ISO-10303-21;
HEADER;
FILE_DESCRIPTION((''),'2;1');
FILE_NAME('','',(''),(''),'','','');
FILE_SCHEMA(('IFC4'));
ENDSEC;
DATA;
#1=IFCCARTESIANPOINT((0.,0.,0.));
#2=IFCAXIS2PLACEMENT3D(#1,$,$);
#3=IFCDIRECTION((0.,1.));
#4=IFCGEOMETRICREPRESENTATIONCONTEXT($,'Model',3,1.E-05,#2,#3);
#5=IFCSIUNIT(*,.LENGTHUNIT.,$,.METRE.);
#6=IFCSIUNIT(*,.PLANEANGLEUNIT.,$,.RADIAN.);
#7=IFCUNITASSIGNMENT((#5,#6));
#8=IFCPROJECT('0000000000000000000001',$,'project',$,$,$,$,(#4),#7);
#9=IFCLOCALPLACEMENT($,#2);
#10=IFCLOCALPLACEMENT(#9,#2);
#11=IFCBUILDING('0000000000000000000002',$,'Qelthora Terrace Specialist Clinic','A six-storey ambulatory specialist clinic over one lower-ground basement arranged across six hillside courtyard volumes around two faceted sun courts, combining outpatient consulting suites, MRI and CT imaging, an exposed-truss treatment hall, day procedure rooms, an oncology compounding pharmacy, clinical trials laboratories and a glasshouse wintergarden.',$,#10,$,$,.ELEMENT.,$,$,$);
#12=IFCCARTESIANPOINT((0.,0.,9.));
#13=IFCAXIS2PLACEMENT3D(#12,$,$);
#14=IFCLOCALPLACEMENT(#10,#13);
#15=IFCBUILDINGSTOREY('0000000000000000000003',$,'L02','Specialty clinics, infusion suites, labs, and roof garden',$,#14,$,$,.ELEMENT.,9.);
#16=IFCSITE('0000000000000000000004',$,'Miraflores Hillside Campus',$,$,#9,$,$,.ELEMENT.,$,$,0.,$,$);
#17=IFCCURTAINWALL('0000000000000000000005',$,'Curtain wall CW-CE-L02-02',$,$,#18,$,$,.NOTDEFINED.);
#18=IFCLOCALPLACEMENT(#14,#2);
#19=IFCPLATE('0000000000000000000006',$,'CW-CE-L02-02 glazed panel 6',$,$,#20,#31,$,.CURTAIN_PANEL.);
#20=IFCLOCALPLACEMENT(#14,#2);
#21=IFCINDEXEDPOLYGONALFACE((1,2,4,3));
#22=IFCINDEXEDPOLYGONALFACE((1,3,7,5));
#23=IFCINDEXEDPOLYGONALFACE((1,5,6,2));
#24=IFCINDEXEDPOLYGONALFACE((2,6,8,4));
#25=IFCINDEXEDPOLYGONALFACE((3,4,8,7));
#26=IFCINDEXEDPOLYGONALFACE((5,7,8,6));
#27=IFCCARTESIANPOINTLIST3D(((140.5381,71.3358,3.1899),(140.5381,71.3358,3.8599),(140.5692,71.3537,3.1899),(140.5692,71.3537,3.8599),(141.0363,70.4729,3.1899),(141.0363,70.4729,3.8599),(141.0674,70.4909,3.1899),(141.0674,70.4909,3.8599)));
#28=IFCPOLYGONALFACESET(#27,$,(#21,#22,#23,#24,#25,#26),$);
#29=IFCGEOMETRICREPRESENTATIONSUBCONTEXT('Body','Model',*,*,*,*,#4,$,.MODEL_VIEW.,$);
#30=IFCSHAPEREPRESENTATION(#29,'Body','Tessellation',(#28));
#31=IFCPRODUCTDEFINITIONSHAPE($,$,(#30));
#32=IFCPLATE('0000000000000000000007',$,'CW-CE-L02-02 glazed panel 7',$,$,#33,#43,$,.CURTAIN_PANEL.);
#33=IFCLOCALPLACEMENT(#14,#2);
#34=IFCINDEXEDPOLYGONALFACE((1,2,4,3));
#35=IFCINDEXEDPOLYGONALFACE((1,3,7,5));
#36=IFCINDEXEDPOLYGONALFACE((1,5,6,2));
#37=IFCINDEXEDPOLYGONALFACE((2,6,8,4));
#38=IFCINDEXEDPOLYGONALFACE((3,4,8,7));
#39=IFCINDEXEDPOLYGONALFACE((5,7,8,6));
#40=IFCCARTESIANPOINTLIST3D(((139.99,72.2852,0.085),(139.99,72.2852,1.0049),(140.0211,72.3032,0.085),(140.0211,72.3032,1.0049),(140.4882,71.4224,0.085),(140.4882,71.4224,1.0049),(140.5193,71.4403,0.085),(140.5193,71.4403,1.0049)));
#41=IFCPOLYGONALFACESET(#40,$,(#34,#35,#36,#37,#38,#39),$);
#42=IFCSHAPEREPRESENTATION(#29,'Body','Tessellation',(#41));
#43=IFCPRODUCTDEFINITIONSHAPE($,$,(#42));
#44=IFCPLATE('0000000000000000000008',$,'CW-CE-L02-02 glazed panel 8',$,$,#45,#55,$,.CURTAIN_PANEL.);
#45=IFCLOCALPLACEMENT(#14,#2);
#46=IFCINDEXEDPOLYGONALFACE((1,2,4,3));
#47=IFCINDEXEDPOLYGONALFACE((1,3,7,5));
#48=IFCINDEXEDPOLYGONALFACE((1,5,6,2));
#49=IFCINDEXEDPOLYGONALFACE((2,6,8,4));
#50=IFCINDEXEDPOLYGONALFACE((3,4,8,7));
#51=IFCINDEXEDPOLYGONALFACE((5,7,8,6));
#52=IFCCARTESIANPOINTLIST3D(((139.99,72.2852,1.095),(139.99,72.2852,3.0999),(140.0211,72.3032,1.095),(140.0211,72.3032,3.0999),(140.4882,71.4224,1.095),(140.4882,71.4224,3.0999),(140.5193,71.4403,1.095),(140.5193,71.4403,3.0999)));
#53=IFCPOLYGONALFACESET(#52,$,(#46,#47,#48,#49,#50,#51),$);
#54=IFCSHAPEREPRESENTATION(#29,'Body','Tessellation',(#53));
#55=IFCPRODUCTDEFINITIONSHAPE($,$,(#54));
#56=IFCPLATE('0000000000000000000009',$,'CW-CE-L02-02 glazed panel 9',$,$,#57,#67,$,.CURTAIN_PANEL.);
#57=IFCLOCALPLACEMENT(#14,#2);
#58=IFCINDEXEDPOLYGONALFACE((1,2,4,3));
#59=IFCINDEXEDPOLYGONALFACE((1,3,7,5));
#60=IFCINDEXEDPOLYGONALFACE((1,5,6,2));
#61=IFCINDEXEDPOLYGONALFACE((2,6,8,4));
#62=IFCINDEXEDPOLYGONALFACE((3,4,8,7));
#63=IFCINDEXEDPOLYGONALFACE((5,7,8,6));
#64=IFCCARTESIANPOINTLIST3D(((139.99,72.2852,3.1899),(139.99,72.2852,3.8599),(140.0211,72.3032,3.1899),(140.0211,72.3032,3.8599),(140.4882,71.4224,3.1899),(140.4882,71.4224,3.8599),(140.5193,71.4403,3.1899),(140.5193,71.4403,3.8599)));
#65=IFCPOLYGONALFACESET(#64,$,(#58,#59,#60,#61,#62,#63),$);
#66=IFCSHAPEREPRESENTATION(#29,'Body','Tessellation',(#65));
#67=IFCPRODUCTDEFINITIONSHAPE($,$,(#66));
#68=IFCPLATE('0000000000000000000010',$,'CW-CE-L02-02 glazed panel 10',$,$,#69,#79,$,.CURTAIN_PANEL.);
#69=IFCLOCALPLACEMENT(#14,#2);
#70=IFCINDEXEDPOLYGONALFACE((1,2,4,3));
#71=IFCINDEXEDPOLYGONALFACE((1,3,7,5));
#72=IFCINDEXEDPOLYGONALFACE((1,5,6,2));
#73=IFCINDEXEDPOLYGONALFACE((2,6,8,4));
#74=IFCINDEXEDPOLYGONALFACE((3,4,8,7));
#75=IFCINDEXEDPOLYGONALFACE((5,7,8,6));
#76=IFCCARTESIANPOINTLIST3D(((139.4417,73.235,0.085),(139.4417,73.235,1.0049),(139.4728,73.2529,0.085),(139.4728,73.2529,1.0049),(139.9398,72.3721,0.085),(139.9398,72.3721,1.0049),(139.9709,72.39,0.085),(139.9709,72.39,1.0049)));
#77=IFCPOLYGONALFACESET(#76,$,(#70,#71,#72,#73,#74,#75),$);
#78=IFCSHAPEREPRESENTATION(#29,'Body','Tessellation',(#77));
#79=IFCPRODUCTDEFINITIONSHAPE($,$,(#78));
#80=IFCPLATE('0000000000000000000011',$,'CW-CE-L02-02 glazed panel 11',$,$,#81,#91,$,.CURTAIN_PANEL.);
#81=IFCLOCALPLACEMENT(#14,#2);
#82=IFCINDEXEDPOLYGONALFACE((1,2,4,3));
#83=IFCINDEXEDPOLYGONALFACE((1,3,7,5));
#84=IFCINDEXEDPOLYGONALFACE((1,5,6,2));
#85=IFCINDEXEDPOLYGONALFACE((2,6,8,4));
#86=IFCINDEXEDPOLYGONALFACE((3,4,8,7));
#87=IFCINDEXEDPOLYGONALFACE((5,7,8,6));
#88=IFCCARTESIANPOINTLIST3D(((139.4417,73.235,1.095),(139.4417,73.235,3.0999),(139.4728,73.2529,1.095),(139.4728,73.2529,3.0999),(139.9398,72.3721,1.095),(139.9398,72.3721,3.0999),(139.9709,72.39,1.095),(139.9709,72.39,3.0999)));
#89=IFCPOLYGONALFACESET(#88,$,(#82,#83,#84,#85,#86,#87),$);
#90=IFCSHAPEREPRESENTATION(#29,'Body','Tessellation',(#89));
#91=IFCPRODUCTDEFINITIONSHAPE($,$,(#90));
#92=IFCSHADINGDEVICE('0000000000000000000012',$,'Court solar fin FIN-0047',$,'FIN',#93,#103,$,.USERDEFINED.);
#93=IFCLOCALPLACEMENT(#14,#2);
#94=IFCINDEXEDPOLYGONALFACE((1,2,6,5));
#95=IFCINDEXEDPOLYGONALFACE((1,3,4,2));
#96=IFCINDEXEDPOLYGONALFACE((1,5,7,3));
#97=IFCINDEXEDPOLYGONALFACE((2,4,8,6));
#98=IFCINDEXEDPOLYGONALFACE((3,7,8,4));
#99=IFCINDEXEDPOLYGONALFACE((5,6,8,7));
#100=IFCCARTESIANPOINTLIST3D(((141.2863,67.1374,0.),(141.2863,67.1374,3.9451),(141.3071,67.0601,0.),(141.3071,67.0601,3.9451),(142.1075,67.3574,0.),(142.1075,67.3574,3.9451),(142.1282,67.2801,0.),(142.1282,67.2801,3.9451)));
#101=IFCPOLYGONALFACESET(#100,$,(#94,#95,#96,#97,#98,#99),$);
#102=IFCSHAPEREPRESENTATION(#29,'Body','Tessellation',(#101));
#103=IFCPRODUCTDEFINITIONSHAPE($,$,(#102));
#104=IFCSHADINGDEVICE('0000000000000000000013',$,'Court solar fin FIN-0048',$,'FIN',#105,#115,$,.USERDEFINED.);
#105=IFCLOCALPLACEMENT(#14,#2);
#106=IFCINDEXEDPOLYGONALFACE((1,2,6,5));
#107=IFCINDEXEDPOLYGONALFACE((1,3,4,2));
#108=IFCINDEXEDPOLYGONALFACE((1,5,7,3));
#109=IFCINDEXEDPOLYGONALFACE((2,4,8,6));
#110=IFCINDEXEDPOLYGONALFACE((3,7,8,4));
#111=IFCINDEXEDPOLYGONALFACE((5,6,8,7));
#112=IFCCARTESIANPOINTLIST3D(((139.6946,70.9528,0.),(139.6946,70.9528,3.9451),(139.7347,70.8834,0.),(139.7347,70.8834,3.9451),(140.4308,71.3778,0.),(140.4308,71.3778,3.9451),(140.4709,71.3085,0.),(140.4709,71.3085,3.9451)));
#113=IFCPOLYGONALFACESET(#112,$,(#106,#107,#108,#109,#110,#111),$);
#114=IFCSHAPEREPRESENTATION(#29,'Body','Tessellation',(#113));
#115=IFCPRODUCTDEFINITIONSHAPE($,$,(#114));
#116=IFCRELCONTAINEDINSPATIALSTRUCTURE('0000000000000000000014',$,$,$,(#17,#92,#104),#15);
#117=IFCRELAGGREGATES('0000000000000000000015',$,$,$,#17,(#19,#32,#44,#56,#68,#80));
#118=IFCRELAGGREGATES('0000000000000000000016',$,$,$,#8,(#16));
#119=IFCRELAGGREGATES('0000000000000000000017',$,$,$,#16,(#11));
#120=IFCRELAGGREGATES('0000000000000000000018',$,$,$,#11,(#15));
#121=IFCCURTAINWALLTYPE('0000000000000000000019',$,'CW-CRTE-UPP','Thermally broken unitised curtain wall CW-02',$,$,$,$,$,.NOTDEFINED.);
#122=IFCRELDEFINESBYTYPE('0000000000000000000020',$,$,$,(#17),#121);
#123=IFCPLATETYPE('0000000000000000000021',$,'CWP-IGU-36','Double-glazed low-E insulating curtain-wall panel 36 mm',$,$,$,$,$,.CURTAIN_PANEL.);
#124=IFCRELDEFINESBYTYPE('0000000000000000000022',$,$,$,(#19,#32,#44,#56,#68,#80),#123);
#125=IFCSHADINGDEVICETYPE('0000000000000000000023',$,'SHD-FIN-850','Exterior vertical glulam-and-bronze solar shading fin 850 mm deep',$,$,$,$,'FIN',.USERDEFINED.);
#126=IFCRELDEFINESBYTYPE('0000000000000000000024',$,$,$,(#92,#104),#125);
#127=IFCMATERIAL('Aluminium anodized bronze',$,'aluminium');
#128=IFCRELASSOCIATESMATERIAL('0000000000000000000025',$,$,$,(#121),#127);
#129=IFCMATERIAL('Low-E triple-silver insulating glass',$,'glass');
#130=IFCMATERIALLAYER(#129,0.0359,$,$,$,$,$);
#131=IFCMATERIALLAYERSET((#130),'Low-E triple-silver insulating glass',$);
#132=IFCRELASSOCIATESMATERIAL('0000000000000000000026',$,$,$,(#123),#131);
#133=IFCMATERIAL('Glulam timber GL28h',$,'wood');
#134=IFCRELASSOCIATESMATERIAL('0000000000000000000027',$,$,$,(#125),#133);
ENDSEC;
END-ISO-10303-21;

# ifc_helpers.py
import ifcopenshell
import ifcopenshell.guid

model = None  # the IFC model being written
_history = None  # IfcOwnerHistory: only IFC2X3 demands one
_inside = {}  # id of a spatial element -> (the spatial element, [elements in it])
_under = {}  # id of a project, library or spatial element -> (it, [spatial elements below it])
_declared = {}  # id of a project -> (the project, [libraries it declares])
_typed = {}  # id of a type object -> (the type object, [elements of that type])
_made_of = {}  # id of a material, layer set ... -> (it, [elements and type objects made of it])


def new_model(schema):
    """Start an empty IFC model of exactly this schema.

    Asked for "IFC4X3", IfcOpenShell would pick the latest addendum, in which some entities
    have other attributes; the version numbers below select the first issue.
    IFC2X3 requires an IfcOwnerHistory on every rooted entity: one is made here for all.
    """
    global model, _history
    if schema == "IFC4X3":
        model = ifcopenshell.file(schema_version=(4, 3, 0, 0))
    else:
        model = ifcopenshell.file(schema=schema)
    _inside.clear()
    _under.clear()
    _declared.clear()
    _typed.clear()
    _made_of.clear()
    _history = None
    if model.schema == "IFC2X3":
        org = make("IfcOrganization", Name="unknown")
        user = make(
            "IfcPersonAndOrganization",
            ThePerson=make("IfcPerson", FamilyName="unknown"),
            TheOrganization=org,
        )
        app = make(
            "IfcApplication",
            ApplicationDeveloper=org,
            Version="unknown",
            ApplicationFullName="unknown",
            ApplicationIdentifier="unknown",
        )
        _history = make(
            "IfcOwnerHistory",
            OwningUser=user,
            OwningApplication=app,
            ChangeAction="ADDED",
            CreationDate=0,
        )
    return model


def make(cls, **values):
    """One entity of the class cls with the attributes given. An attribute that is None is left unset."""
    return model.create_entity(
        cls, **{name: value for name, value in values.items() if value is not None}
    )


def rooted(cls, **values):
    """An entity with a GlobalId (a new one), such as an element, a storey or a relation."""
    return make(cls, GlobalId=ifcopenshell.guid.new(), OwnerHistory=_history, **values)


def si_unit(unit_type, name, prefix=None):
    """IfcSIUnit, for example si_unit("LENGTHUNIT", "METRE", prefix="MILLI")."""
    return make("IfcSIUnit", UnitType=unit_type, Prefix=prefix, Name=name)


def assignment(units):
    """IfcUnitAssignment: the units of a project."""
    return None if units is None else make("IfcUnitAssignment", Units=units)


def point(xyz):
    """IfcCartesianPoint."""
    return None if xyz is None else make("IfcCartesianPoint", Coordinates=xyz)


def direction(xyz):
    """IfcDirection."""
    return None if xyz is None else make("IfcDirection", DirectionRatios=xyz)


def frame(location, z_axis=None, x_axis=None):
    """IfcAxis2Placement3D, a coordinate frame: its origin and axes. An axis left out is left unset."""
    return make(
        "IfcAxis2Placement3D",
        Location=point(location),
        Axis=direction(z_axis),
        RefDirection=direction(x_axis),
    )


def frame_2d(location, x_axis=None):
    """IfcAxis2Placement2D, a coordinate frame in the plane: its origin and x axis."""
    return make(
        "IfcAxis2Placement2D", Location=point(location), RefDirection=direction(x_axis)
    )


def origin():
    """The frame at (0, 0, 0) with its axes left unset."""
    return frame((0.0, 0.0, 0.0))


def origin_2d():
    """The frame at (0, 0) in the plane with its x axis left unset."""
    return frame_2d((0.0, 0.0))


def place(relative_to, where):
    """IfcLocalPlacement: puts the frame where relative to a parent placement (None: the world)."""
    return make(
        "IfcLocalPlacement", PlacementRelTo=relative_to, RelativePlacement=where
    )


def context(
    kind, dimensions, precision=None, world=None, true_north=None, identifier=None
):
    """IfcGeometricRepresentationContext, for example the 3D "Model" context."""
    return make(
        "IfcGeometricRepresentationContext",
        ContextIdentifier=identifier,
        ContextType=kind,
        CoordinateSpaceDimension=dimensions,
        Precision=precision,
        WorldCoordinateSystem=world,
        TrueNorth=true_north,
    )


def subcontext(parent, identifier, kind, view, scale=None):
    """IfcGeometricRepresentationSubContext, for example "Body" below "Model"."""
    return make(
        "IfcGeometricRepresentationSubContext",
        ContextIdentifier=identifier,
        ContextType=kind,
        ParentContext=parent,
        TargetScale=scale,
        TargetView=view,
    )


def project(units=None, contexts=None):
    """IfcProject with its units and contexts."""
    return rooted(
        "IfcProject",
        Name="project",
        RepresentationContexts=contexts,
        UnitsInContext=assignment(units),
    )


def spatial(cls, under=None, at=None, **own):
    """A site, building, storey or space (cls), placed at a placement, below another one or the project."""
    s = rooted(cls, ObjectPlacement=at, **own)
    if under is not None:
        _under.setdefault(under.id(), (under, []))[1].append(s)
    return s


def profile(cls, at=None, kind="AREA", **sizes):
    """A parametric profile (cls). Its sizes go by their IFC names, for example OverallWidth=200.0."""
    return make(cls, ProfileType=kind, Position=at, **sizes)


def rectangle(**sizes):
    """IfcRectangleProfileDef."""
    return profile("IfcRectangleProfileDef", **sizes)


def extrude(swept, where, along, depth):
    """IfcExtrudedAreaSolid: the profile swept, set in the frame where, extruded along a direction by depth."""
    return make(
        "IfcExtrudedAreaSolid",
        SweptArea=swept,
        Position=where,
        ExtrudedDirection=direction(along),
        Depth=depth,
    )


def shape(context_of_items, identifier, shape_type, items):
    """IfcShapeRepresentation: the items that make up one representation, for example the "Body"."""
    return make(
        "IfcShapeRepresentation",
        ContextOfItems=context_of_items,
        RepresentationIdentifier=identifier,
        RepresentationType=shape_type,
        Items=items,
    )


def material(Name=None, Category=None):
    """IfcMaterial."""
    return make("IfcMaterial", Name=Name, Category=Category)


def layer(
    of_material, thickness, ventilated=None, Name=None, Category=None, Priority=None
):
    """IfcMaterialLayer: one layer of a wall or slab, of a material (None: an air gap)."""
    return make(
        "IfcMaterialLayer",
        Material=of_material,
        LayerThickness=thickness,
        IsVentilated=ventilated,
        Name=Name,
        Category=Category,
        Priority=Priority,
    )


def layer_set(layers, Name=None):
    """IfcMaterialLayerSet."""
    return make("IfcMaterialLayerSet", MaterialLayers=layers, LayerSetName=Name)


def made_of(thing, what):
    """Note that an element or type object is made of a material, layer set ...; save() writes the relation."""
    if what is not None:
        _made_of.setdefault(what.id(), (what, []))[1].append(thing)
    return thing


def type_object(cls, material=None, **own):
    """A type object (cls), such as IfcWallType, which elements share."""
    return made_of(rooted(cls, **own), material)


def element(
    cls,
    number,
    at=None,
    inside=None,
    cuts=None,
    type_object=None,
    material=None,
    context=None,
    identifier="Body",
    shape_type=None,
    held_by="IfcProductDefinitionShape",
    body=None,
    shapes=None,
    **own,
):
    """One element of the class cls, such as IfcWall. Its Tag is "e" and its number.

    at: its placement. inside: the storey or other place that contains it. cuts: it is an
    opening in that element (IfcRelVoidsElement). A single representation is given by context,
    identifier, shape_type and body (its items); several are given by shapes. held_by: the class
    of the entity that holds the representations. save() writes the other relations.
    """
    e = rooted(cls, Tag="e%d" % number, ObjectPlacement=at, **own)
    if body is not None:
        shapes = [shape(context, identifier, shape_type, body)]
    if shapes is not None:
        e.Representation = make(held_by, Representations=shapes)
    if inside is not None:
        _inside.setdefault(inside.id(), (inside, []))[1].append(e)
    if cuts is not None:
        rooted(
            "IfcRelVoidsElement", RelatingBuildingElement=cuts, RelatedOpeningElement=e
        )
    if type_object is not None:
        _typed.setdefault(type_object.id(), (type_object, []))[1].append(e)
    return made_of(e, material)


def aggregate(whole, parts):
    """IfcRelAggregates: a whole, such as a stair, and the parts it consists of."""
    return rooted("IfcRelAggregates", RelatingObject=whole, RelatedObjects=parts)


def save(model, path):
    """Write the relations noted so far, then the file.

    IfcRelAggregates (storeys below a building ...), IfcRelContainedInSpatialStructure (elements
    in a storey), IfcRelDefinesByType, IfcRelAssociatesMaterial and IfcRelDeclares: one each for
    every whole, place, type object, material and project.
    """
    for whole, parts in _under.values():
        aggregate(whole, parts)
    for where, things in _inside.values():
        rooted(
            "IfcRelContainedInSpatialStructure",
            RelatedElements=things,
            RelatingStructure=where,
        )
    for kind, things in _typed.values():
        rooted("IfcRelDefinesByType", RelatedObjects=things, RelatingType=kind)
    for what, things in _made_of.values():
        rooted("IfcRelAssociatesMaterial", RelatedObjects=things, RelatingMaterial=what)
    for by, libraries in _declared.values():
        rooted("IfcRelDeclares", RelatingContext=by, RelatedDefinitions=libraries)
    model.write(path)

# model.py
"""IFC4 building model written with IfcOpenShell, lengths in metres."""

from ifc_helpers import new_model, si_unit, direction, frame, origin, origin_2d, place, context, subcontext, project, spatial, rectangle, extrude, material, layer, layer_set, type_object, element, aggregate, save


model = new_model("IFC4")

# Units and contexts
model_context = context("Model", 3, precision=1e-05, world=origin(), true_north=direction((0.0, 1.0)))
body_context = subcontext(model_context, "Body", "Model", "MODEL_VIEW")
ifc_project = project(units=[si_unit("LENGTHUNIT", "METRE"), si_unit("PLANEANGLEUNIT", "RADIAN")], contexts=[model_context])

# Site, building, storey
site_placement = place(None, origin())
site = spatial("IfcSite", under=ifc_project, at=site_placement, Name="Miraflores Hillside Campus", CompositionType="ELEMENT", RefElevation=0.0)
building_placement = place(site_placement, origin())
building = spatial("IfcBuilding", under=site, at=building_placement, Name="Qelthora Terrace Specialist Clinic", Description="A six-storey ambulatory specialist clinic over one lower-ground basement arranged across six hillside courtyard volumes around two faceted sun courts, combining outpatient consulting suites, MRI and CT imaging, an exposed-truss treatment hall, day procedure rooms, an oncology compounding pharmacy, clinical trials laboratories and a glasshouse wintergarden.", CompositionType="ELEMENT")
storey_placement = place(building_placement, frame((0.0, 0.0, 9.0)))
storey = spatial("IfcBuildingStorey", under=building, at=storey_placement, Name="L02", Description="Specialty clinics, infusion suites, labs, and roof garden", CompositionType="ELEMENT", Elevation=9.0)

# Shared definitions
ifc_material_1 = material(Name="Aluminium anodized bronze", Category="aluminium")
curtain_wall_type = type_object("IfcCurtainWallType", Name="CW-CRTE-UPP", Description="Thermally broken unitised curtain wall CW-02", PredefinedType="NOTDEFINED", material=ifc_material_1)

# Curtain wall, plates
curtain_wall_1_placement = place(storey_placement, origin())
curtain_wall_1 = element("IfcCurtainWall", 1, at=curtain_wall_1_placement, inside=storey, type_object=curtain_wall_type, Name="Curtain wall CW-CE-L02-02", PredefinedType="NOTDEFINED")
ifc_material_2 = material(Name="Low-E triple-silver insulating glass", Category="glass")
ifc_layer = layer(ifc_material_2, 0.0359)
ifc_layer_set = layer_set([ifc_layer], Name="Low-E triple-silver insulating glass")
plate_type = type_object("IfcPlateType", Name="CWP-IGU-36", Description="Double-glazed low-E insulating curtain-wall panel 36 mm", PredefinedType="CURTAIN_PANEL", material=ifc_layer_set)
plate_1_placement = place(storey_placement, frame((140.8027, 70.9133, 3.1899), z_axis=(0.0, 0.0, 1.0), x_axis=(-0.5, 0.866025, 0.0)))
plate_1 = element("IfcPlate", 2, at=plate_1_placement, type_object=plate_type, Name="CW-CE-L02-02 glazed panel 6", PredefinedType="CURTAIN_PANEL", context=body_context, shape_type="SweptSolid", body=[
    extrude(rectangle(XDim=0.9963, YDim=0.0359, at=origin_2d()), origin(), (0.0, 0.0, 1.0), 0.6699),
])
plate_2_placement = place(storey_placement, frame((140.2546, 71.8628, 0.085), z_axis=(0.0, 0.0, 1.0), x_axis=(-0.5, 0.866025, 0.0)))
plate_2 = element("IfcPlate", 3, at=plate_2_placement, type_object=plate_type, Name="CW-CE-L02-02 glazed panel 7", PredefinedType="CURTAIN_PANEL", context=body_context, shape_type="SweptSolid", body=[
    extrude(rectangle(XDim=0.9963, YDim=0.0359, at=origin_2d()), origin(), (0.0, 0.0, 1.0), 0.9199),
])
plate_3_placement = place(storey_placement, frame((140.2546, 71.8628, 1.095), z_axis=(0.0, 0.0, 1.0), x_axis=(-0.5, 0.866025, 0.0)))
plate_3 = element("IfcPlate", 4, at=plate_3_placement, type_object=plate_type, Name="CW-CE-L02-02 glazed panel 8", PredefinedType="CURTAIN_PANEL", context=body_context, shape_type="SweptSolid", body=[
    extrude(rectangle(XDim=0.9963, YDim=0.0359, at=origin_2d()), origin(), (0.0, 0.0, 1.0), 2.0049),
])
plate_4_placement = place(storey_placement, frame((140.2546, 71.8628, 3.1899), z_axis=(0.0, 0.0, 1.0), x_axis=(-0.5, 0.866025, 0.0)))
plate_4 = element("IfcPlate", 5, at=plate_4_placement, type_object=plate_type, Name="CW-CE-L02-02 glazed panel 9", PredefinedType="CURTAIN_PANEL", context=body_context, shape_type="SweptSolid", body=[
    extrude(rectangle(XDim=0.9963, YDim=0.0359, at=origin_2d()), origin(), (0.0, 0.0, 1.0), 0.6699),
])
plate_5_placement = place(storey_placement, frame((139.7063, 72.8125, 0.085), z_axis=(0.0, 0.0, 1.0), x_axis=(-0.5, 0.866025, 0.0)))
plate_5 = element("IfcPlate", 6, at=plate_5_placement, type_object=plate_type, Name="CW-CE-L02-02 glazed panel 10", PredefinedType="CURTAIN_PANEL", context=body_context, shape_type="SweptSolid", body=[
    extrude(rectangle(XDim=0.9963, YDim=0.0359, at=origin_2d()), origin(), (0.0, 0.0, 1.0), 0.9199),
])
plate_6_placement = place(storey_placement, frame((139.7063, 72.8125, 1.095), z_axis=(0.0, 0.0, 1.0), x_axis=(-0.5, 0.866025, 0.0)))
plate_6 = element("IfcPlate", 7, at=plate_6_placement, type_object=plate_type, Name="CW-CE-L02-02 glazed panel 11", PredefinedType="CURTAIN_PANEL", context=body_context, shape_type="SweptSolid", body=[
    extrude(rectangle(XDim=0.9963, YDim=0.0359, at=origin_2d()), origin(), (0.0, 0.0, 1.0), 2.0049),
])
aggregate(curtain_wall_1, [plate_1, plate_2, plate_3, plate_4, plate_5, plate_6])

# Shading devices
ifc_material_3 = material(Name="Glulam timber GL28h", Category="wood")
shading_device_type = type_object("IfcShadingDeviceType", Name="SHD-FIN-850", Description="Exterior vertical glulam-and-bronze solar shading fin 850 mm deep", ElementType="FIN", PredefinedType="USERDEFINED", material=ifc_material_3)
for number, where, z_axis, x_axis, name in (
    (8, (141.7073, 67.2087, 0.0), (0.0, 0.0, 1.0), (-0.965926, -0.258819, 0.0), "Court solar fin FIN-0047"),
    (9, (140.0828, 71.1306, 0.0), (0.0, 0.0, 1.0), (-0.866025, -0.5, 0.0), "Court solar fin FIN-0048"),
):
    element("IfcShadingDevice", number, at=place(storey_placement, frame(where, z_axis=z_axis, x_axis=x_axis)), inside=storey, type_object=shading_device_type, Name=name, ObjectType="FIN", PredefinedType="USERDEFINED", context=body_context, shape_type="SweptSolid", body=[
        extrude(rectangle(XDim=0.8501, YDim=0.0801, at=origin_2d()), origin(), (0.0, 0.0, 1.0), 3.9451),
    ])

save(model, "model.ifc")
